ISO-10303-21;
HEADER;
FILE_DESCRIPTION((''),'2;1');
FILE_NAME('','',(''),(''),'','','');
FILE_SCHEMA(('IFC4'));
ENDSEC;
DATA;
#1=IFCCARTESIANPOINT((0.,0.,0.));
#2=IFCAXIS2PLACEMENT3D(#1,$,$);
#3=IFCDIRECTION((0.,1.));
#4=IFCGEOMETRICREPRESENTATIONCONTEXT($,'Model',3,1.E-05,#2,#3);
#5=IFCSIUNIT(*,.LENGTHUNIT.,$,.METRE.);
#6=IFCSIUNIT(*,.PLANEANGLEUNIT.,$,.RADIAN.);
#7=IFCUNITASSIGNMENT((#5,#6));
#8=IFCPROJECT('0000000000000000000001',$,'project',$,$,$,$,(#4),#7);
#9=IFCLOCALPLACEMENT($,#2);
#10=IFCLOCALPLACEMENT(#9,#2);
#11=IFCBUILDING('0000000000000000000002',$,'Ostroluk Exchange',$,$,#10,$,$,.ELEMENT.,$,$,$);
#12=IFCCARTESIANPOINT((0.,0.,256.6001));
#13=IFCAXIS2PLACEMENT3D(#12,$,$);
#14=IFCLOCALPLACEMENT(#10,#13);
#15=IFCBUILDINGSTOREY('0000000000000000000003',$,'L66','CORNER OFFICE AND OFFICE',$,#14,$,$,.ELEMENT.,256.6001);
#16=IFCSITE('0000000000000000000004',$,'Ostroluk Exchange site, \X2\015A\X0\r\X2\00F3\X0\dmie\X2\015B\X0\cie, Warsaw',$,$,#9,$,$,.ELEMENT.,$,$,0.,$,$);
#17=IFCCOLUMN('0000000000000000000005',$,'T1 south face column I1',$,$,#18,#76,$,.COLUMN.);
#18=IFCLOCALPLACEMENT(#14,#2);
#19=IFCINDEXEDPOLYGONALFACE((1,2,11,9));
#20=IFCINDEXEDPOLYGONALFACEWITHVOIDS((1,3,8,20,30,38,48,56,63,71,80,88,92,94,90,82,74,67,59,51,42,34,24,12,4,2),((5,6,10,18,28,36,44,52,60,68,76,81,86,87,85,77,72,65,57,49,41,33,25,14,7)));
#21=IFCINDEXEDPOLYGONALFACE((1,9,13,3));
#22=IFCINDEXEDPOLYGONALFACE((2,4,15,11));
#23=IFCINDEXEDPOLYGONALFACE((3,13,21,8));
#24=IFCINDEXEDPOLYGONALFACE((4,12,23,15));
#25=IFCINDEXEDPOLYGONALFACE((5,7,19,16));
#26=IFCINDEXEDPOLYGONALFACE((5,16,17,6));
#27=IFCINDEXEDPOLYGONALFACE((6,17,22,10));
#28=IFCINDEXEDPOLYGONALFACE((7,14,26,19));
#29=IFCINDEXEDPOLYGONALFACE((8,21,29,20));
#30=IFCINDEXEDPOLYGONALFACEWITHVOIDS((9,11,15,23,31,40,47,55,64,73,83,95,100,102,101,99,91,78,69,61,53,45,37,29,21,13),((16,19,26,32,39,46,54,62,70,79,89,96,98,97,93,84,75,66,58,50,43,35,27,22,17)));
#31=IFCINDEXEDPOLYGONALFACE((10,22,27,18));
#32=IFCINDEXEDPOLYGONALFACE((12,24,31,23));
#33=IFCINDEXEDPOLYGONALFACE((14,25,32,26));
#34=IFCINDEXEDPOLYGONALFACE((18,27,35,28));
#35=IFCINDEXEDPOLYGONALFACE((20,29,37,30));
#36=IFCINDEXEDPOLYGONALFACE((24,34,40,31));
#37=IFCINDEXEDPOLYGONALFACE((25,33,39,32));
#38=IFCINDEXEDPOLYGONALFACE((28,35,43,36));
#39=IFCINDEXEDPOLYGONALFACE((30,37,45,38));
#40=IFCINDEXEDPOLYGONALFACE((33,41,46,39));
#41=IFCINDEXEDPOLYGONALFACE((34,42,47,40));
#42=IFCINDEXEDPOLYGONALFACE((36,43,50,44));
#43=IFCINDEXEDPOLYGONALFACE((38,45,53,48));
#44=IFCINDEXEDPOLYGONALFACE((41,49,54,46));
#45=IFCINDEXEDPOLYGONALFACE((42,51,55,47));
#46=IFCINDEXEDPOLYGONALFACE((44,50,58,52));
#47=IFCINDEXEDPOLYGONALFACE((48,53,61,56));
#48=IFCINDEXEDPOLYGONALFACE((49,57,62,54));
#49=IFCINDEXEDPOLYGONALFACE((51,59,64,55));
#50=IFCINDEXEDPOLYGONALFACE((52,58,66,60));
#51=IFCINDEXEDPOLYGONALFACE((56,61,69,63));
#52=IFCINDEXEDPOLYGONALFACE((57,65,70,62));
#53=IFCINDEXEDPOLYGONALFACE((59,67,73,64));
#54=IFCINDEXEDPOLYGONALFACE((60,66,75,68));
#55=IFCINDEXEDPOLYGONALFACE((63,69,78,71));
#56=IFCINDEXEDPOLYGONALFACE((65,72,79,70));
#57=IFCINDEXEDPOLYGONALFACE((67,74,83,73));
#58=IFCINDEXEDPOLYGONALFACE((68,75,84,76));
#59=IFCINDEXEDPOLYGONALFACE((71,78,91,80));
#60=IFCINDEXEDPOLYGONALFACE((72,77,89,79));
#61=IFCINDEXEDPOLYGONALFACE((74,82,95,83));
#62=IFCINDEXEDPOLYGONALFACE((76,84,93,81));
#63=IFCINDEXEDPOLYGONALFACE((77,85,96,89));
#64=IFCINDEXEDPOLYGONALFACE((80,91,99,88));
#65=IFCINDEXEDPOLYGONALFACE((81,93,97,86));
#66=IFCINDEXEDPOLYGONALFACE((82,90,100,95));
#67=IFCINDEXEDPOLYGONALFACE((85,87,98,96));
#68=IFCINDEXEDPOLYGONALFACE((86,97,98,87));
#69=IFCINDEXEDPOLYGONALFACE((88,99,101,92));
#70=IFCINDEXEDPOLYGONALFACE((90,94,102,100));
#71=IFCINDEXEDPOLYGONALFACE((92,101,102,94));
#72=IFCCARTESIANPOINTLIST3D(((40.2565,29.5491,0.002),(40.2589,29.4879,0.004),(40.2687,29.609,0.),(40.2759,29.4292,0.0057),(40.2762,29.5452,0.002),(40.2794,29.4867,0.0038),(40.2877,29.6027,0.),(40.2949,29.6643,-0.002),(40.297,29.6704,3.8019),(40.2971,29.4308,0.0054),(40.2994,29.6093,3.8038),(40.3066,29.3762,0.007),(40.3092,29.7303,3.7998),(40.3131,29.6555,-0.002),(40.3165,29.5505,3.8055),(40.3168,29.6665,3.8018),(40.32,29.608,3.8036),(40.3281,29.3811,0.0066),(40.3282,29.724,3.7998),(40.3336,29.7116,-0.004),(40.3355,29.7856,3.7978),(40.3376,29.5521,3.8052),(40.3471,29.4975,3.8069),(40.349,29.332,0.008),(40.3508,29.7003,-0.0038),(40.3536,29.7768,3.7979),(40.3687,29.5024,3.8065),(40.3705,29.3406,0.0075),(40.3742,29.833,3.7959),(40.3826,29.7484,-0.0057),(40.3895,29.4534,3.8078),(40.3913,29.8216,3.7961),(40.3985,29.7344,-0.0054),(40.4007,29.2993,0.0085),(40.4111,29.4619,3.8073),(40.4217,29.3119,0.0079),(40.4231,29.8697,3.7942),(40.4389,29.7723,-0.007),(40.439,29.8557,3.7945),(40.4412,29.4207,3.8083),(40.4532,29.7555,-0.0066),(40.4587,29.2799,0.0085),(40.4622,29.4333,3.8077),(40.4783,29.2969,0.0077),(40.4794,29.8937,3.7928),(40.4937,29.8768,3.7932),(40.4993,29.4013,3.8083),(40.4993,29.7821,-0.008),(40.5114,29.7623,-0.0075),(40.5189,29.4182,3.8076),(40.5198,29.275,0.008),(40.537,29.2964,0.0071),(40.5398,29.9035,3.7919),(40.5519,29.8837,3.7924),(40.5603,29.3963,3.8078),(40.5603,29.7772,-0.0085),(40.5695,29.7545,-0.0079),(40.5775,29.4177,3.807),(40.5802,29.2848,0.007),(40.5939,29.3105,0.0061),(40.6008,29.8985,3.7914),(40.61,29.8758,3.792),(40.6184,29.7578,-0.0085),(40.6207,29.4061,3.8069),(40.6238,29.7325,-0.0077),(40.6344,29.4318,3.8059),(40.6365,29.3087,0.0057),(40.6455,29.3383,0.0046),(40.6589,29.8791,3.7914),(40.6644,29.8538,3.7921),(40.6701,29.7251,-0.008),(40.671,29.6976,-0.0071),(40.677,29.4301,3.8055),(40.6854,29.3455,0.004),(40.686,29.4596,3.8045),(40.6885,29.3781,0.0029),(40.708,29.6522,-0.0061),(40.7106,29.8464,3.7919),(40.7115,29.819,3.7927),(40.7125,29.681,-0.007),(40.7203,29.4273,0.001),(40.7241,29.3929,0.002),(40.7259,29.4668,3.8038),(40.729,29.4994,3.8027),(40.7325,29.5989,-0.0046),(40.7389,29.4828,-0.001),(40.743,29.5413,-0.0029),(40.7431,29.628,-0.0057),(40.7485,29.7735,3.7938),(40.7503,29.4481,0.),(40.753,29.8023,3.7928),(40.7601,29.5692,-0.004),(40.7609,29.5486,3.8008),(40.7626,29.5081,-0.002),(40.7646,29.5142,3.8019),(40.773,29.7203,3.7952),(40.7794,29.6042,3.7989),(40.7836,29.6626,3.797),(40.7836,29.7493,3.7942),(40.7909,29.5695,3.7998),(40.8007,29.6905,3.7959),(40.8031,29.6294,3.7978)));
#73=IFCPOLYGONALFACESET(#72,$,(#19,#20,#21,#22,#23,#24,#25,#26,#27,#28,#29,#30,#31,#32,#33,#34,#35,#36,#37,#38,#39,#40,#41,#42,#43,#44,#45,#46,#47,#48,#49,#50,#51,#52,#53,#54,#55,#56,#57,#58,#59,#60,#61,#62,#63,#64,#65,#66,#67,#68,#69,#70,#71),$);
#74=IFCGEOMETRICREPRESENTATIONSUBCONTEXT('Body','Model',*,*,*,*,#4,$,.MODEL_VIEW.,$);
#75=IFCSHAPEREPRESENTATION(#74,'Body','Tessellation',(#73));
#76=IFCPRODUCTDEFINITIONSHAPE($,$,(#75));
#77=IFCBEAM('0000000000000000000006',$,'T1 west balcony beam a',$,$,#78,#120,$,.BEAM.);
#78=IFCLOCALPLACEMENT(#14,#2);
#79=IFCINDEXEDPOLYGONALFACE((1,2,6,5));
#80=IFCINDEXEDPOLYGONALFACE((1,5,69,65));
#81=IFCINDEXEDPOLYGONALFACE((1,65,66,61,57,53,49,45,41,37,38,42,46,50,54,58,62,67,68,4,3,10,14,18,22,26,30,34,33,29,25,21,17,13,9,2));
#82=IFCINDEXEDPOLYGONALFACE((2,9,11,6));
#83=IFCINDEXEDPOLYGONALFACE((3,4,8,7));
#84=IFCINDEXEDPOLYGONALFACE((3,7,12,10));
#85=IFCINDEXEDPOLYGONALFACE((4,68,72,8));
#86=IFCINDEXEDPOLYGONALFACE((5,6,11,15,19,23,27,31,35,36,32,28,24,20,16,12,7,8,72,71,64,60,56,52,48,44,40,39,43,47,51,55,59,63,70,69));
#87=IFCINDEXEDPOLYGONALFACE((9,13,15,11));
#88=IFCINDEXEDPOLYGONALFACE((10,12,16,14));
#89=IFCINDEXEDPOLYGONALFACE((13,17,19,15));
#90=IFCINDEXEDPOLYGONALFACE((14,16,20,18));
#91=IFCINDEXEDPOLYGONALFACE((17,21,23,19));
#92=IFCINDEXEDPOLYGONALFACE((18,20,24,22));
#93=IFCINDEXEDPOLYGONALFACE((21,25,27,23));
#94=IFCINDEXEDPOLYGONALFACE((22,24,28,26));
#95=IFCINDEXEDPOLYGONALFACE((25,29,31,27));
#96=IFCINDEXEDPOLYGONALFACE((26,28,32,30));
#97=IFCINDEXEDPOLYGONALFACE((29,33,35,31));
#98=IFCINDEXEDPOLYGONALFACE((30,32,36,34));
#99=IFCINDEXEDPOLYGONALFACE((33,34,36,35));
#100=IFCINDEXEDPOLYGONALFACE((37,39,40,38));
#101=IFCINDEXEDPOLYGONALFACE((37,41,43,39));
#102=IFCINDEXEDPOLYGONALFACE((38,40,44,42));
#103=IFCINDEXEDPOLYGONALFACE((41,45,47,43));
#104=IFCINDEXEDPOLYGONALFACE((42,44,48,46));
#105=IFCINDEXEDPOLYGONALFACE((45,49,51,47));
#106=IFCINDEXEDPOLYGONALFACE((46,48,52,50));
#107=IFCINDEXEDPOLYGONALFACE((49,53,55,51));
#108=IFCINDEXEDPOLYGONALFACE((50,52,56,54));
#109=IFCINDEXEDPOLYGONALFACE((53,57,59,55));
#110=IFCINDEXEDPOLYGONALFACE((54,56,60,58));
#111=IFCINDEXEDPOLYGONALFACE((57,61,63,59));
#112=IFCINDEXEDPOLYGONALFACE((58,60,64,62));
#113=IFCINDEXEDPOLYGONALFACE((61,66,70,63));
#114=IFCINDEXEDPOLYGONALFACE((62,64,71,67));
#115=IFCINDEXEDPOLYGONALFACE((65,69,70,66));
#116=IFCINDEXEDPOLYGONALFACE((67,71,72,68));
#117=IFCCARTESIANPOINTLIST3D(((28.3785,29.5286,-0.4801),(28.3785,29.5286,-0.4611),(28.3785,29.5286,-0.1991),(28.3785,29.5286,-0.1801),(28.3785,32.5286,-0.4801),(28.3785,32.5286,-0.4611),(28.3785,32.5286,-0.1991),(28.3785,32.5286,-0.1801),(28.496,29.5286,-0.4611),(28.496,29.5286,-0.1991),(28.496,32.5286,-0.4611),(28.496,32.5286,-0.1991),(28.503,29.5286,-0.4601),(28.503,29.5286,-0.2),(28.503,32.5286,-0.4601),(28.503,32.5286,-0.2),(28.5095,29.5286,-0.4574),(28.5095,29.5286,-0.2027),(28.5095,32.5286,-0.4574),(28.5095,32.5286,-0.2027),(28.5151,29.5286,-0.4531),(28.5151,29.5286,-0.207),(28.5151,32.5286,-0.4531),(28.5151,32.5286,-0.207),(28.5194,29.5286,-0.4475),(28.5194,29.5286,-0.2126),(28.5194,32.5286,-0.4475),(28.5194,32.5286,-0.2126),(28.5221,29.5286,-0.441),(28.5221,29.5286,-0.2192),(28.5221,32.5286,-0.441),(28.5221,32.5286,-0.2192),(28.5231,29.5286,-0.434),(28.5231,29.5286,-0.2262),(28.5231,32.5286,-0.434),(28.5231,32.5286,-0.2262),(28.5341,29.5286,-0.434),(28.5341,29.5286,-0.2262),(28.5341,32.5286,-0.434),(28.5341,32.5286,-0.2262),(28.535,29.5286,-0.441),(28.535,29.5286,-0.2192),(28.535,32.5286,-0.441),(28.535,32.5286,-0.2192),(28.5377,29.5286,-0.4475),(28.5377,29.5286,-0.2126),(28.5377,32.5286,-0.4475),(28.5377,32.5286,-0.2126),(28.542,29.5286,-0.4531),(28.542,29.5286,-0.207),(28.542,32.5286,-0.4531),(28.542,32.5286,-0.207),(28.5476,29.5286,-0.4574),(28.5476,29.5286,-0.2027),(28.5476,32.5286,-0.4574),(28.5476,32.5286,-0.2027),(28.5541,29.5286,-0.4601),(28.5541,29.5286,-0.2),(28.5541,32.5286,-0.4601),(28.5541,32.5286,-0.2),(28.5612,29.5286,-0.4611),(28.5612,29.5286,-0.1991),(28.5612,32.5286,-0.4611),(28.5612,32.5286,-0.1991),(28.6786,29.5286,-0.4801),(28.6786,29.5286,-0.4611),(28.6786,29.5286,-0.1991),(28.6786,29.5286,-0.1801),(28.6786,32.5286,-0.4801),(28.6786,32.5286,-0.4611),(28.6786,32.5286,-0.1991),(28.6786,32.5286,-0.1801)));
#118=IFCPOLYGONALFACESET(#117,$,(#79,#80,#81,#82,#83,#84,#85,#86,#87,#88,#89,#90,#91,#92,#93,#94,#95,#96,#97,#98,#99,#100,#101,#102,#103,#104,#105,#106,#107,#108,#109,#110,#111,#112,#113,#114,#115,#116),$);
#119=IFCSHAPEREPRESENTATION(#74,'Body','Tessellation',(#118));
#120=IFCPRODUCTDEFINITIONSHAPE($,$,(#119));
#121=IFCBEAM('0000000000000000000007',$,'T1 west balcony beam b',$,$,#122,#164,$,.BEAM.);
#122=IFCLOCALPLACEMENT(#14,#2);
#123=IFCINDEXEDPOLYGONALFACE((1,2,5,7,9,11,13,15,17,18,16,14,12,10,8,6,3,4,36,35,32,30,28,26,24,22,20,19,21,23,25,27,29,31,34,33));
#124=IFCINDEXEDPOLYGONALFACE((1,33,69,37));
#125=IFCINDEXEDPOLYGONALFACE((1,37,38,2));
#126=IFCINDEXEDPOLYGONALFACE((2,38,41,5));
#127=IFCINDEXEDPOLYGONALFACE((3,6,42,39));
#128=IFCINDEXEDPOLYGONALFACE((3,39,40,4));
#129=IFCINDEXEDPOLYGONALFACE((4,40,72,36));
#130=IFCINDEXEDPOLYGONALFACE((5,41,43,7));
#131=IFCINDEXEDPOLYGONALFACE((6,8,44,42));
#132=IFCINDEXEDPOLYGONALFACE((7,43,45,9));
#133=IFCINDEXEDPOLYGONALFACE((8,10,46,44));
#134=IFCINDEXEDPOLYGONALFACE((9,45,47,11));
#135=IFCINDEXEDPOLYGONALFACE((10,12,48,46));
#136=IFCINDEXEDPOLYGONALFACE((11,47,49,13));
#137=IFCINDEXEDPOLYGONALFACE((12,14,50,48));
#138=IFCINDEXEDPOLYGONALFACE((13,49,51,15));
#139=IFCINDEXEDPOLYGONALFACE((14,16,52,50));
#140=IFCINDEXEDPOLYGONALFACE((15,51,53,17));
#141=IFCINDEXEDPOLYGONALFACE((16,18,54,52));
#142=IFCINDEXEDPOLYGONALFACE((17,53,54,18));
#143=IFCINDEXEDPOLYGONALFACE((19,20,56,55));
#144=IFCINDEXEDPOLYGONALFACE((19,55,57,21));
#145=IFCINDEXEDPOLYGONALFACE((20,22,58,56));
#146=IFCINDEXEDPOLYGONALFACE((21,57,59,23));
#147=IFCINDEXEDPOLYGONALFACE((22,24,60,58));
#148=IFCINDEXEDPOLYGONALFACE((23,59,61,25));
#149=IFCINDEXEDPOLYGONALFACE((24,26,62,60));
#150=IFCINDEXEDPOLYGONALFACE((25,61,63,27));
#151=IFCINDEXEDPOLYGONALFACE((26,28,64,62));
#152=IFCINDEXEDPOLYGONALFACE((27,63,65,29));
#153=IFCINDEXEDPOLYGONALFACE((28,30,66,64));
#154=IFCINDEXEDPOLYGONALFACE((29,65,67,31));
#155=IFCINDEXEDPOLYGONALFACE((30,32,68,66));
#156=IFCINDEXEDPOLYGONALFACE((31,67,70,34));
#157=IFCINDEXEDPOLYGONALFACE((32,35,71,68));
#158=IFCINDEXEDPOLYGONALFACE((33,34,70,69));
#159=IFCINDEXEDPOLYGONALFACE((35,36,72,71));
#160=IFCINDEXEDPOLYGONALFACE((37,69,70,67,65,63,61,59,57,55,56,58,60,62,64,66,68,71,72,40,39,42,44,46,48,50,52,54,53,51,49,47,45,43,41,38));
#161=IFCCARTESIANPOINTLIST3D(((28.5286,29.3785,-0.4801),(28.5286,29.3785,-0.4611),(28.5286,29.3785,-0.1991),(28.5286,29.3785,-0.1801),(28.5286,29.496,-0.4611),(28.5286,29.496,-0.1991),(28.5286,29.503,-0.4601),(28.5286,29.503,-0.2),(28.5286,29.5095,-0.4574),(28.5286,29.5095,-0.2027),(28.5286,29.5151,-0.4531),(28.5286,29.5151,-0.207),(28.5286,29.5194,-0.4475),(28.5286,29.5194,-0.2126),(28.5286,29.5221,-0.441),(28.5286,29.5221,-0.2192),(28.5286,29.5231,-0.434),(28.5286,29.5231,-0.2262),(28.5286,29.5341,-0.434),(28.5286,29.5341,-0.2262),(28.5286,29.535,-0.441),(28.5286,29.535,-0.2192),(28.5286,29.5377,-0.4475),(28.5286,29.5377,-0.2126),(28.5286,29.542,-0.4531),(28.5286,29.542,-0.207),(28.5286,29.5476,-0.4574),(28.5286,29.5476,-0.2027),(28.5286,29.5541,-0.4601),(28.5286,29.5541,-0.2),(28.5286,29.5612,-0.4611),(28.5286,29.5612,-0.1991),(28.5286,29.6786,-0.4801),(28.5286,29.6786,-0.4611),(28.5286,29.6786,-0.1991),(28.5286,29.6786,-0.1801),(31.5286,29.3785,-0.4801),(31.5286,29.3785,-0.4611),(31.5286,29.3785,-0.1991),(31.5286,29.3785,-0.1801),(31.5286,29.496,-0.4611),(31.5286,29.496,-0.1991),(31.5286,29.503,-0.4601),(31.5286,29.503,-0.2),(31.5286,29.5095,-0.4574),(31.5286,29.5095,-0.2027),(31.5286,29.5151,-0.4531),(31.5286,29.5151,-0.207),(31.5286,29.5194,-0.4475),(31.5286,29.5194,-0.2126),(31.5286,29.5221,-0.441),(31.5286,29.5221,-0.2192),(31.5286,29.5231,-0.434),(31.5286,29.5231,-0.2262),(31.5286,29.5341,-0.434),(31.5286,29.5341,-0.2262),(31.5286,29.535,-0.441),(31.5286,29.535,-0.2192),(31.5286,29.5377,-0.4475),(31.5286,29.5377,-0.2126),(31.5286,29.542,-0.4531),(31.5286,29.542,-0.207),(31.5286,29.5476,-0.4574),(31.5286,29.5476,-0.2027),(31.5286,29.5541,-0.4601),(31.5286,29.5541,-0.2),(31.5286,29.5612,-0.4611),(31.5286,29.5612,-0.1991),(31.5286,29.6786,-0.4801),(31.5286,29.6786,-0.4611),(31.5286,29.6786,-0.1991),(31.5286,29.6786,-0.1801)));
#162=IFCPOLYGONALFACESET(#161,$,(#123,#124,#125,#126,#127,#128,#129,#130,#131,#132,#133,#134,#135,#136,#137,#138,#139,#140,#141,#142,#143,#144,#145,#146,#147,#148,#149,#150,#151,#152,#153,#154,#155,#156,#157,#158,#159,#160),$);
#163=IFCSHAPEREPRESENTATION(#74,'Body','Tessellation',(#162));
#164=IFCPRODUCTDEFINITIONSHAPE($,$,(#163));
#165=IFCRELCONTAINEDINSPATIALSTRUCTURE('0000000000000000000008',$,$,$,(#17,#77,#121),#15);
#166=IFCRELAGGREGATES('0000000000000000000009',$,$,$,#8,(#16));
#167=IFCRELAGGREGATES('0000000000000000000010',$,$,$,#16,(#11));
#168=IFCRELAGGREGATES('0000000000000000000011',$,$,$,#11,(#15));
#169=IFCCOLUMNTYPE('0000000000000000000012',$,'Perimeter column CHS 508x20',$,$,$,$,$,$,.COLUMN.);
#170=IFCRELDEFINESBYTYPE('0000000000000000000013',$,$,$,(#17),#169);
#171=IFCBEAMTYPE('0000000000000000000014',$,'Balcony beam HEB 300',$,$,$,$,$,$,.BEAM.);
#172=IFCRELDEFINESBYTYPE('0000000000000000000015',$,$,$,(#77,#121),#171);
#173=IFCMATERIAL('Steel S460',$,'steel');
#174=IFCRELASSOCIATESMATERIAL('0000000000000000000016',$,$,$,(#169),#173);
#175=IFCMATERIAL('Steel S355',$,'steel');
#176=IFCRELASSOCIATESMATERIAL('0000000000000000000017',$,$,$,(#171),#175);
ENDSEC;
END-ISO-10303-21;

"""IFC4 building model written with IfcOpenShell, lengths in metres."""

from ifc_helpers import new_model, si_unit, direction, frame, origin, origin_2d, place, context, subcontext, project, spatial, hollow_circle, i_section, extrude, material, material_profile, profile_set, type_object, element, save


model = new_model("IFC4")

# Units and contexts
model_context = context("Model", 3, precision=1e-05, world=origin(), true_north=direction((0.0, 1.0)))
body_context = subcontext(model_context, "Body", "Model", "MODEL_VIEW")
ifc_project = project(units=[si_unit("LENGTHUNIT", "METRE"), si_unit("PLANEANGLEUNIT", "RADIAN")], contexts=[model_context])

# Site, building, storey
site_placement = place(None, origin())
site = spatial("IfcSite", under=ifc_project, at=site_placement, Name="Ostroluk Exchange site, Śródmieście, Warsaw", CompositionType="ELEMENT", RefElevation=0.0)
building_placement = place(site_placement, origin())
building = spatial("IfcBuilding", under=site, at=building_placement, Name="Ostroluk Exchange", CompositionType="ELEMENT")
storey_placement = place(building_placement, frame((0.0, 0.0, 256.6001)))
storey = spatial("IfcBuildingStorey", under=building, at=storey_placement, Name="L66", Description="CORNER OFFICE AND OFFICE", CompositionType="ELEMENT", Elevation=256.6001)

# Column
ifc_material_1 = material(Name="Steel S460", Category="steel")
ifc_material_profile_1 = material_profile(ifc_material_1, hollow_circle(Radius=0.2539, WallThickness=0.02, at=origin_2d()), Name="CHS 508x20")
ifc_profile_set_1 = profile_set([ifc_material_profile_1], Name="Steel S460")
column_type_1 = type_object("IfcColumnType", Name="Perimeter column CHS 508x20", PredefinedType="COLUMN", material=ifc_profile_set_1)
column_1_placement = place(storey_placement, frame((40.5095, 29.5286, 0.0), z_axis=(0.01066, 0.031915, 0.999434), x_axis=(-0.948492, 0.3168, 0.0)))
element("IfcColumn", 1, at=column_1_placement, inside=storey, type_object=column_type_1, Name="T1 south face column I1", PredefinedType="COLUMN", context=body_context, shape_type="SweptSolid", body=[
    extrude(hollow_circle(Radius=0.2539, WallThickness=0.02, at=origin_2d()), origin(), (0.0, 0.0, 1.0), 3.802),
])

# Beams
ifc_material_2 = material(Name="Steel S355", Category="steel")
ifc_material_profile_2 = material_profile(ifc_material_2, i_section(OverallWidth=0.3, OverallDepth=0.3, WebThickness=0.011, FlangeThickness=0.019, FilletRadius=0.0271, at=origin_2d()), Name="HEB 300")
ifc_profile_set_2 = profile_set([ifc_material_profile_2], Name="Steel S355")
beam_type_1 = type_object("IfcBeamType", Name="Balcony beam HEB 300", PredefinedType="BEAM", material=ifc_profile_set_2)
for number, where, z_axis, x_axis, name in (
    (2, (28.5286, 32.5286, -0.3301), (0.0, -1.0, 0.0), (1.0, 0.0, 0.0), "T1 west balcony beam a"),
    (3, (31.5286, 29.5286, -0.3301), (-1.0, 0.0, 0.0), (0.0, -1.0, 0.0), "T1 west balcony beam b"),
):
    element("IfcBeam", number, at=place(storey_placement, frame(where, z_axis=z_axis, x_axis=x_axis)), inside=storey, type_object=beam_type_1, Name=name, PredefinedType="BEAM", context=body_context, shape_type="SweptSolid", body=[
        extrude(i_section(OverallWidth=0.3, OverallDepth=0.3, WebThickness=0.011, FlangeThickness=0.019, FilletRadius=0.0271, at=origin_2d()), origin(), (0.0, 0.0, 1.0), 3.0),
    ])

save(model, "model.ifc")
